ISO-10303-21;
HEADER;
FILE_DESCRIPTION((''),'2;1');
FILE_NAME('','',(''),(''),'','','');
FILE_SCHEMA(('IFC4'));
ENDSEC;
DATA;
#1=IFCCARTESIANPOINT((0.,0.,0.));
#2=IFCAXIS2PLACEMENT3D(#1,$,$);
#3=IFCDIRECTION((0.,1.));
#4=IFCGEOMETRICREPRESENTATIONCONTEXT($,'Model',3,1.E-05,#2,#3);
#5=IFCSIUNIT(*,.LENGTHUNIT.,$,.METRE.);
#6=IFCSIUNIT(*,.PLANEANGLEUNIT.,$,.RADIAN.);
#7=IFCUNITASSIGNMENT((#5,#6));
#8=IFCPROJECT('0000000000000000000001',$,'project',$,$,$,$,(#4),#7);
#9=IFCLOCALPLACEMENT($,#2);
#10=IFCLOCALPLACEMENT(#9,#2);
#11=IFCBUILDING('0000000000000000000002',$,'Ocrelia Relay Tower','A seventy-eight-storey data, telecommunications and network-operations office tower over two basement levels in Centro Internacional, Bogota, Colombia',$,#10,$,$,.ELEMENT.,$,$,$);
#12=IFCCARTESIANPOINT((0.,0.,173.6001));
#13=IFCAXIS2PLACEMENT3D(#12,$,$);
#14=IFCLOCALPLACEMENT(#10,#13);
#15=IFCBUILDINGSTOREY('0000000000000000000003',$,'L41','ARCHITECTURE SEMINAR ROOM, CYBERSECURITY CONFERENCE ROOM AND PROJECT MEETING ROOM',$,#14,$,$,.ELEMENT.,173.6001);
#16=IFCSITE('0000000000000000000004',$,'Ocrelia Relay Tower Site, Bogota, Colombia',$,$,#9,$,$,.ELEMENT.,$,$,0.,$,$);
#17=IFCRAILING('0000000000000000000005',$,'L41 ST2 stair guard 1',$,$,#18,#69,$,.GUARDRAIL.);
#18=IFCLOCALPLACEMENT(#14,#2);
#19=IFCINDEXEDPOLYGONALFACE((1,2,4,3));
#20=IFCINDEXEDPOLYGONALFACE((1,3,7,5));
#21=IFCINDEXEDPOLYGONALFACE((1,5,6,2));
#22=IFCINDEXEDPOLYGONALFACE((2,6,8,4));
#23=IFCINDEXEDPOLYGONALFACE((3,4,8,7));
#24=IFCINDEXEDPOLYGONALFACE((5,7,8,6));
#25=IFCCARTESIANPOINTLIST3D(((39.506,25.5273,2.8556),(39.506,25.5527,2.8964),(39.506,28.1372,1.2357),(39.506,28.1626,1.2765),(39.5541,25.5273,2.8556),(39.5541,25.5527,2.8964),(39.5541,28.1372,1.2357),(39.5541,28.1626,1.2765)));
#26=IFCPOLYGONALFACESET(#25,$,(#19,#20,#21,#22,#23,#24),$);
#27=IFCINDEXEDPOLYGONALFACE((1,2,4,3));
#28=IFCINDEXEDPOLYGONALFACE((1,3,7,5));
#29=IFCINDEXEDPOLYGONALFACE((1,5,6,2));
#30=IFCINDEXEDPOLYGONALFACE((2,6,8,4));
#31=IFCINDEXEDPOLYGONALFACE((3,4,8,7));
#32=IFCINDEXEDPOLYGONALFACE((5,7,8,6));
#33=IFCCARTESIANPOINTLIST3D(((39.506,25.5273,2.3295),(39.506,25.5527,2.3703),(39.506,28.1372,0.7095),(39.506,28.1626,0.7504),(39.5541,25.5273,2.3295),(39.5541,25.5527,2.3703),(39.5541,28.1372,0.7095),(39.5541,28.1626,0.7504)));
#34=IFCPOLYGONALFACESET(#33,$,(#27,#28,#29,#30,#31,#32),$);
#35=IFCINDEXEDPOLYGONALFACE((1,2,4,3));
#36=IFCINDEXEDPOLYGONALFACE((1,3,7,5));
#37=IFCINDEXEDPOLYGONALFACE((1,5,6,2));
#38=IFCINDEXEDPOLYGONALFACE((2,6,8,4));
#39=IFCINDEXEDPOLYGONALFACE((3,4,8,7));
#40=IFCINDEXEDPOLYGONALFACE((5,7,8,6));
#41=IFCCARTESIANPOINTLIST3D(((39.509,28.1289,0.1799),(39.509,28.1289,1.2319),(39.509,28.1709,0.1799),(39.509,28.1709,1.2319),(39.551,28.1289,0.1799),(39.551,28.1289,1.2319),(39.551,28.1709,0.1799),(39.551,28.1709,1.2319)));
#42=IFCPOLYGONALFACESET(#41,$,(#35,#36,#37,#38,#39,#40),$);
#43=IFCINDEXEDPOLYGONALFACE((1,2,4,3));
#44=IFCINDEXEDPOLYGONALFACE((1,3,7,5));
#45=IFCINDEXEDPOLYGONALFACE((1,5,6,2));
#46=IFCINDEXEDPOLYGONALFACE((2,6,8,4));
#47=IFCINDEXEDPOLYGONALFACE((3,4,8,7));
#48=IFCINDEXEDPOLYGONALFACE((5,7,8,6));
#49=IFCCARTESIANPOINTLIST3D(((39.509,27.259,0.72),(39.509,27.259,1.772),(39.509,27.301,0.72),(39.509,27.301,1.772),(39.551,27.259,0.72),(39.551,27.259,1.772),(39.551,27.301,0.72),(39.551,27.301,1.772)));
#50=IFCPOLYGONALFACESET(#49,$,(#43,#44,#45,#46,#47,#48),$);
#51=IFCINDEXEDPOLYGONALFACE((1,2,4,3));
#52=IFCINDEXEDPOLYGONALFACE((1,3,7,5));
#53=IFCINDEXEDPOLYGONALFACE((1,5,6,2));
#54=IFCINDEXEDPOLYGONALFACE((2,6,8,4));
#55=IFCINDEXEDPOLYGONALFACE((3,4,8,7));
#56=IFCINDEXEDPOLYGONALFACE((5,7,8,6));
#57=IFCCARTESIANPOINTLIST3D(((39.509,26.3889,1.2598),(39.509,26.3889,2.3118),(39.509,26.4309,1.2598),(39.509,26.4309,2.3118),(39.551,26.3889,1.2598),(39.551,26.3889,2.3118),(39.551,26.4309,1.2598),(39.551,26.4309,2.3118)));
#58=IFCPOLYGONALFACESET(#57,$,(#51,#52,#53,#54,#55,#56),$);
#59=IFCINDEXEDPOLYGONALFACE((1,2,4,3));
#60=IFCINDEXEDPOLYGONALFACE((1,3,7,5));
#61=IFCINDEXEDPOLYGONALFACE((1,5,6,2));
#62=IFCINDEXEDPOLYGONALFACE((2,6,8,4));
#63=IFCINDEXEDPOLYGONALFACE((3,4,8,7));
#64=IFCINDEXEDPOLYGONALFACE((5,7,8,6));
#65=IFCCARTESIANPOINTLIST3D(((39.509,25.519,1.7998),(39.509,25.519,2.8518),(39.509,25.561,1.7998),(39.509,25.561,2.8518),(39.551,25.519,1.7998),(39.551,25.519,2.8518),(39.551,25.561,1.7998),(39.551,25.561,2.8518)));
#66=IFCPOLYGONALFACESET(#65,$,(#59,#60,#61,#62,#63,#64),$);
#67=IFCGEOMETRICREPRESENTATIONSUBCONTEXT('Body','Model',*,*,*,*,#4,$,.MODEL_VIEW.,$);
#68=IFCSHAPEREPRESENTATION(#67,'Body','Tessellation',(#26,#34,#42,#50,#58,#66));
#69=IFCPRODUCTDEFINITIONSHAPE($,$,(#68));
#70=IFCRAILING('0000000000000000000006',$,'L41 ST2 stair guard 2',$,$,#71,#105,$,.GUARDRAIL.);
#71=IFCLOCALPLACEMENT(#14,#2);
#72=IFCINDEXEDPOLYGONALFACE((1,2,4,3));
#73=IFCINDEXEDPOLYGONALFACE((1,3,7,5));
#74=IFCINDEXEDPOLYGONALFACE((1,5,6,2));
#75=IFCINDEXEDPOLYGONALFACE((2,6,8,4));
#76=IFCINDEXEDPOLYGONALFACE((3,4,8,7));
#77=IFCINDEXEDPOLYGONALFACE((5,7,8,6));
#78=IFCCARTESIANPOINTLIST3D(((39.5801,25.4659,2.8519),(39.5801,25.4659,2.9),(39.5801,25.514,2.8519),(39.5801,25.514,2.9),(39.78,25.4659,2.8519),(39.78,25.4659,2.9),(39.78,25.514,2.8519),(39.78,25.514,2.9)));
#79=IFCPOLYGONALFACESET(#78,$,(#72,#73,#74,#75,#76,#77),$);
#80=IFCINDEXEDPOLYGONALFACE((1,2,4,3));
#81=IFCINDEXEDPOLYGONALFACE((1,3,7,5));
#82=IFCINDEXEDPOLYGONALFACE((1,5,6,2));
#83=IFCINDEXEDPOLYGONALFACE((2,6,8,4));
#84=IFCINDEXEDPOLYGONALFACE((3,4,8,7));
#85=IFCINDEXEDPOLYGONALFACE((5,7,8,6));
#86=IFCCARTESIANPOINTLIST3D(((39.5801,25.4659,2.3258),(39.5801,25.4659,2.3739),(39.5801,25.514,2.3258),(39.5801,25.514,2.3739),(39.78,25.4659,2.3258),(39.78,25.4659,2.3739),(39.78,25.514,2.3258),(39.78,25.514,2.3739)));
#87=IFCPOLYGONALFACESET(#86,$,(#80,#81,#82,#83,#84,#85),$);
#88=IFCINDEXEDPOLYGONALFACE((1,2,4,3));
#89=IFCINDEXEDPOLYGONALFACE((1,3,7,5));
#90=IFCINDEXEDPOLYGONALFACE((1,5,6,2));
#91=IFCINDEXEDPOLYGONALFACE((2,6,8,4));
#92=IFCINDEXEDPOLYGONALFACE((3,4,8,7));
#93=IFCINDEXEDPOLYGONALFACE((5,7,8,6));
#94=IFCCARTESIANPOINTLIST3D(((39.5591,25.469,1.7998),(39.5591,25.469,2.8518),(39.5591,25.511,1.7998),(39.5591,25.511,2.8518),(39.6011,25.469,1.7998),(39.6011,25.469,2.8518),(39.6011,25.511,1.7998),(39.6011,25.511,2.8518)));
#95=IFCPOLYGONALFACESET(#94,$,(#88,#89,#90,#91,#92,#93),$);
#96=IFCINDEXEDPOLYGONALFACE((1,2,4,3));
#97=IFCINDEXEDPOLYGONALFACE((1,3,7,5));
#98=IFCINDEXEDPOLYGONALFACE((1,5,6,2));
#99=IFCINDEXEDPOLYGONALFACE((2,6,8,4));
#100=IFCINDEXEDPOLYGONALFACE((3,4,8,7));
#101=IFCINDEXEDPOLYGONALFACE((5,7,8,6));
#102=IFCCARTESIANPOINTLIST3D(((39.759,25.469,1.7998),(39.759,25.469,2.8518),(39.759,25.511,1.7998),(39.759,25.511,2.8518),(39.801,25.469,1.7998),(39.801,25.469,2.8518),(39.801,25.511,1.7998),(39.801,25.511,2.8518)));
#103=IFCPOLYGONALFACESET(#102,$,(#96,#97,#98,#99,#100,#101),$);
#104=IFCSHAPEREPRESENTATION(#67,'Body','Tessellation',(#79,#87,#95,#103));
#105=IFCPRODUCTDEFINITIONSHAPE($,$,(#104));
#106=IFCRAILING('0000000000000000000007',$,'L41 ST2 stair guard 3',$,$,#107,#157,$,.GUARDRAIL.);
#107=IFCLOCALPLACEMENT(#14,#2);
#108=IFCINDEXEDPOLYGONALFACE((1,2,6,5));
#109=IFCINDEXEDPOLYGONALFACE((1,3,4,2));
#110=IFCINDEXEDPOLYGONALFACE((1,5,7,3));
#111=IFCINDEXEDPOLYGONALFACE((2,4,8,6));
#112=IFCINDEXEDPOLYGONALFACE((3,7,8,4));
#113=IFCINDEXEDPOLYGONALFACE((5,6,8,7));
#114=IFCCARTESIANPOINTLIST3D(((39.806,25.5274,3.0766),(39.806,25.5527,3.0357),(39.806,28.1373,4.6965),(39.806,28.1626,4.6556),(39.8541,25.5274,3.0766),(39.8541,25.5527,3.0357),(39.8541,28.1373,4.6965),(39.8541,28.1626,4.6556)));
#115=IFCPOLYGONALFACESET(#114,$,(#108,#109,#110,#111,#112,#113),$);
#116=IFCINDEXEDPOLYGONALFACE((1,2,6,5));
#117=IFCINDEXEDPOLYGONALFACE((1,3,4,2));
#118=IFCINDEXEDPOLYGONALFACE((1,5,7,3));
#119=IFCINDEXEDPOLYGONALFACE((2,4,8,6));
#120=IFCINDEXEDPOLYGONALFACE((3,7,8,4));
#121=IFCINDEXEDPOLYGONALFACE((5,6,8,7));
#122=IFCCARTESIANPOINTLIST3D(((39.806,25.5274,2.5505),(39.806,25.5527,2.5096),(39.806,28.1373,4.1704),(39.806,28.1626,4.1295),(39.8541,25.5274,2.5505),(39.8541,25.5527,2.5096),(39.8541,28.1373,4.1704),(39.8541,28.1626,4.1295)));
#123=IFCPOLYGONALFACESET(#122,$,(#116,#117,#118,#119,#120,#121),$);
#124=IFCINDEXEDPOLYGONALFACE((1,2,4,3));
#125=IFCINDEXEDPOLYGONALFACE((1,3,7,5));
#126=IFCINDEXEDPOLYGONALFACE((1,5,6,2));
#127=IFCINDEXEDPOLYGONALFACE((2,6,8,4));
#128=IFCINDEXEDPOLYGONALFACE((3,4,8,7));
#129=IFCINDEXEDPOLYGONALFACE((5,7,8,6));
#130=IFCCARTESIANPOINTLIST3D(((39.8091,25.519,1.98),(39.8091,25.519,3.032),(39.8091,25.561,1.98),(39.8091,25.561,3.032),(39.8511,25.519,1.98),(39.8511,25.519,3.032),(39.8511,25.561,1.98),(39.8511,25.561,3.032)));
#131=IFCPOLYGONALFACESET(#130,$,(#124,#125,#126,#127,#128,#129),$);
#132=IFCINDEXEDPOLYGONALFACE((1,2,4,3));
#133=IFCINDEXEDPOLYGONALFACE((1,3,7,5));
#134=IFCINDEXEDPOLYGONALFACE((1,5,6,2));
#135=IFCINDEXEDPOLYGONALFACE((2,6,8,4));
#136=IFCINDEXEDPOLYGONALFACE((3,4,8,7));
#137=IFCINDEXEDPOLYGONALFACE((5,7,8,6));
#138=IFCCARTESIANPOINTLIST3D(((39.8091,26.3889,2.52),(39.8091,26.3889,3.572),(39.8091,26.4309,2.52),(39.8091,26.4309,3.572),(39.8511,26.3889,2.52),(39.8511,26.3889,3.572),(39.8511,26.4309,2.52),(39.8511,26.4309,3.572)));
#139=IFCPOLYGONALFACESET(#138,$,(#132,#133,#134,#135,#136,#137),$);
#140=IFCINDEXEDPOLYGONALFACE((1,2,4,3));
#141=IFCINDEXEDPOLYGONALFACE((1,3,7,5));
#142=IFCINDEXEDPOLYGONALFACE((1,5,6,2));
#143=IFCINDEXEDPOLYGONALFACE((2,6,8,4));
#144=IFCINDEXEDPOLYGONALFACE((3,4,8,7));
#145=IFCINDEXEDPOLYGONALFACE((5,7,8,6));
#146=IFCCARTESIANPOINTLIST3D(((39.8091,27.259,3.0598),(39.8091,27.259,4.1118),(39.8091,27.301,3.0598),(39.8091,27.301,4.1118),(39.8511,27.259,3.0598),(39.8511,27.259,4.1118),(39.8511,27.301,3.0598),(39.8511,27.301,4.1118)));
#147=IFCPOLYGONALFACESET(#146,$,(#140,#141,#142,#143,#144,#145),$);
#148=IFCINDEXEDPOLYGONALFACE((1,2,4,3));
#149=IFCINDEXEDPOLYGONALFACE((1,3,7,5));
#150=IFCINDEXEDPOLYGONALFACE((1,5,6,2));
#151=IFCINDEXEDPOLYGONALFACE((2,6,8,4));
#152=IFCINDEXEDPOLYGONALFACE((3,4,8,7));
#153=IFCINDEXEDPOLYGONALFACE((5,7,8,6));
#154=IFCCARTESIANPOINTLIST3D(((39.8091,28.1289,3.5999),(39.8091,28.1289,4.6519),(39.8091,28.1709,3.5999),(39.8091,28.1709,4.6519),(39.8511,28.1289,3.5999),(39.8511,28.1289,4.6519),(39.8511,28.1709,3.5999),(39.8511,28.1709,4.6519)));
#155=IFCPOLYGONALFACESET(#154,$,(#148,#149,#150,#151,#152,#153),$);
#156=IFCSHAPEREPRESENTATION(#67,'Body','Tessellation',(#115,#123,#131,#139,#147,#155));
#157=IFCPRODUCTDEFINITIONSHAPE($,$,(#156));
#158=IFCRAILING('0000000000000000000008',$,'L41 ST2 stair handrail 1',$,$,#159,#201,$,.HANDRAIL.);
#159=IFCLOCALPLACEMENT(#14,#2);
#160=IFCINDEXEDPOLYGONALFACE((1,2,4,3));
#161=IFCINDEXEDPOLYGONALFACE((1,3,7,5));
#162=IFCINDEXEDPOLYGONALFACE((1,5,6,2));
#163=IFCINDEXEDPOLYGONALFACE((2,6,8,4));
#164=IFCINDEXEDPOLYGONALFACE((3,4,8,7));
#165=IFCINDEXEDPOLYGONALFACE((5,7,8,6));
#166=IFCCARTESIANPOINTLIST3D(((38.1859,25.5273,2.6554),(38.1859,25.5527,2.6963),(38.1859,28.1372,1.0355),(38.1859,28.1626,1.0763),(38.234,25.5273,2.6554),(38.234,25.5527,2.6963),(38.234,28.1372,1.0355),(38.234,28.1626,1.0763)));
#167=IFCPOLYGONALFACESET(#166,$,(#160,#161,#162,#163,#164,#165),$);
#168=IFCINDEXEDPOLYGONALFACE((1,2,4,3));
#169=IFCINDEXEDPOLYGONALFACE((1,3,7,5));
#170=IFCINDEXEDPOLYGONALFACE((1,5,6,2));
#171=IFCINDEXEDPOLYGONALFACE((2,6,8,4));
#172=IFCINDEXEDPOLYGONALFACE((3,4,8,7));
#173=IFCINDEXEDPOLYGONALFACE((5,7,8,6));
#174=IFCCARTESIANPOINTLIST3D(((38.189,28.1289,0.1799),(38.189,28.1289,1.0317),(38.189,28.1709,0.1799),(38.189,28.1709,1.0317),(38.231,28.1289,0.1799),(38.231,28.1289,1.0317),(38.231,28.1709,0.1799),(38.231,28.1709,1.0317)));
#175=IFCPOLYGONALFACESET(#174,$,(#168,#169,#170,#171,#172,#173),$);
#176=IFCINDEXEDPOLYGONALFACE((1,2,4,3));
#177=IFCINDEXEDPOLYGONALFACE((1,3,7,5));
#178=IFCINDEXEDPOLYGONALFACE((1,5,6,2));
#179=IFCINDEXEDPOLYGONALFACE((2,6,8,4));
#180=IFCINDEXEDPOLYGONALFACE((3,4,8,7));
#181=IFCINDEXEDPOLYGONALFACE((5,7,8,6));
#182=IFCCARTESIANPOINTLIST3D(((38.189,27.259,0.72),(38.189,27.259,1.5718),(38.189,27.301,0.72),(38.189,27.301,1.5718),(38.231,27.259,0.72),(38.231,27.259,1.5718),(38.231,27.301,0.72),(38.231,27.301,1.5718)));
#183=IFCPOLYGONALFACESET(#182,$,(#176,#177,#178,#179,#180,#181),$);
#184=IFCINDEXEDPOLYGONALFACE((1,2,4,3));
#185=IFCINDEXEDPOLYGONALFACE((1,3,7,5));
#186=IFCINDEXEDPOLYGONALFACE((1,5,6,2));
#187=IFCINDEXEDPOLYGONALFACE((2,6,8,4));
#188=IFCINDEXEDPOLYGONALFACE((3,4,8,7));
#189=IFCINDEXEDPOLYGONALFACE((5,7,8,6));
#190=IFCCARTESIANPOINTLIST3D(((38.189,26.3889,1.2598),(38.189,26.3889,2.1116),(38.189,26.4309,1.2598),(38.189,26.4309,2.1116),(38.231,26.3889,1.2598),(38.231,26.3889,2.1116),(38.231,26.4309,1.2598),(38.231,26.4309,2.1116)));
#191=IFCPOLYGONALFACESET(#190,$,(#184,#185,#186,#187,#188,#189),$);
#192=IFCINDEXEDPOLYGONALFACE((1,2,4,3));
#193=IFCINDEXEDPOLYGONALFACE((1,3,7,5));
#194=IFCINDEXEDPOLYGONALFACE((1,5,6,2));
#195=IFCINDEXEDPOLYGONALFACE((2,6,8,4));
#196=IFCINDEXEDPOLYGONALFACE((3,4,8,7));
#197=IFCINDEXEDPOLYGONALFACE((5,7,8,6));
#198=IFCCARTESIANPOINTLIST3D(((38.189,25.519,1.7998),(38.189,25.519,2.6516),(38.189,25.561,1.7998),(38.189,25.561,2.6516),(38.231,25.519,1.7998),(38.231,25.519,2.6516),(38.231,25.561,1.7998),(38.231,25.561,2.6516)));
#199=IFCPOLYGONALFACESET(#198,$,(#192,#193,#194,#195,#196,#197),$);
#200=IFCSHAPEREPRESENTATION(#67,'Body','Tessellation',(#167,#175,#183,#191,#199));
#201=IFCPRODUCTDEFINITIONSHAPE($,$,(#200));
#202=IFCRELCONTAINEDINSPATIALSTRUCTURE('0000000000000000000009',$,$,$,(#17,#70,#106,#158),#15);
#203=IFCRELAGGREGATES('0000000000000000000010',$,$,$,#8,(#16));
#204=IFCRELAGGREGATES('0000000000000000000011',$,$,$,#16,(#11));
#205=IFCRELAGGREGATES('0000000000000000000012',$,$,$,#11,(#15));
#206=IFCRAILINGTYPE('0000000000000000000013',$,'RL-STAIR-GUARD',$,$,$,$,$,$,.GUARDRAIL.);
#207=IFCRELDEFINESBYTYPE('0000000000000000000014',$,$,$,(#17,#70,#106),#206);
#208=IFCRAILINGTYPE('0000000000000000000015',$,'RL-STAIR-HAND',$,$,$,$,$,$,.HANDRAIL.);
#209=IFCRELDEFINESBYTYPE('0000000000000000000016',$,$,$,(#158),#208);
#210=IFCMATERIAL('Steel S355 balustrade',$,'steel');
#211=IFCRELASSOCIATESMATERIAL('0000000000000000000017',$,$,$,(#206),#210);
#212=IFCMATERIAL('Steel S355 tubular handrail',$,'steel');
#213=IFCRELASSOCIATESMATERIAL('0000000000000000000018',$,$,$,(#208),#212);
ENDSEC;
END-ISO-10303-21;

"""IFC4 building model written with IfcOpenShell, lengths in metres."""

from ifc_helpers import new_model, si_unit, direction, frame, origin, origin_2d, place, context, subcontext, project, spatial, rectangle, extrude, material, type_object, element, save


model = new_model("IFC4")

# Units and contexts
model_context = context("Model", 3, precision=1e-05, world=origin(), true_north=direction((0.0, 1.0)))
body_context = subcontext(model_context, "Body", "Model", "MODEL_VIEW")
ifc_project = project(units=[si_unit("LENGTHUNIT", "METRE"), si_unit("PLANEANGLEUNIT", "RADIAN")], contexts=[model_context])

# Site, building, storey
site_placement = place(None, origin())
site = spatial("IfcSite", under=ifc_project, at=site_placement, Name="Ocrelia Relay Tower Site, Bogota, Colombia", CompositionType="ELEMENT", RefElevation=0.0)
building_placement = place(site_placement, origin())
building = spatial("IfcBuilding", under=site, at=building_placement, Name="Ocrelia Relay Tower", Description="A seventy-eight-storey data, telecommunications and network-operations office tower over two basement levels in Centro Internacional, Bogota, Colombia", CompositionType="ELEMENT")
storey_placement = place(building_placement, frame((0.0, 0.0, 173.6001)))
storey = spatial("IfcBuildingStorey", under=building, at=storey_placement, Name="L41", Description="ARCHITECTURE SEMINAR ROOM, CYBERSECURITY CONFERENCE ROOM AND PROJECT MEETING ROOM", CompositionType="ELEMENT", Elevation=173.6001)

# Railings
ifc_material_1 = material(Name="Steel S355 balustrade", Category="steel")
railing_type_1 = type_object("IfcRailingType", Name="RL-STAIR-GUARD", PredefinedType="GUARDRAIL", material=ifc_material_1)
railing_1_placement = place(storey_placement, frame((39.53, 28.1499, 0.1799)))
element("IfcRailing", 1, at=railing_1_placement, inside=storey, type_object=railing_type_1, Name="L41 ST2 stair guard 1", PredefinedType="GUARDRAIL", context=body_context, shape_type="SweptSolid", body=[
    extrude(rectangle(XDim=0.0481, YDim=0.0481, at=origin_2d()), frame((0.0, 0.0, 1.0762), z_axis=(0.0, -0.849646, 0.527353), x_axis=(1.0, 0.0, 0.0)), (0.0, 0.0, 1.0), 3.0718),
    extrude(rectangle(XDim=0.0481, YDim=0.0481, at=origin_2d()), frame((0.0, 0.0, 0.55), z_axis=(0.0, -0.849646, 0.527353), x_axis=(1.0, 0.0, 0.0)), (0.0, 0.0, 1.0), 3.0718),
    extrude(rectangle(XDim=0.042, YDim=0.042, at=origin_2d()), origin(), (0.0, 0.0, 1.0), 1.052),
    extrude(rectangle(XDim=0.042, YDim=0.042, at=origin_2d()), frame((0.0, -0.8699, 0.54)), (0.0, 0.0, 1.0), 1.052),
    extrude(rectangle(XDim=0.042, YDim=0.042, at=origin_2d()), frame((0.0, -1.74, 1.0798)), (0.0, 0.0, 1.0), 1.052),
    extrude(rectangle(XDim=0.042, YDim=0.042, at=origin_2d()), frame((0.0, -2.6099, 1.6199)), (0.0, 0.0, 1.0), 1.052),
])
railing_2_placement = place(storey_placement, frame((39.5801, 25.49, 1.7998)))
element("IfcRailing", 2, at=railing_2_placement, inside=storey, type_object=railing_type_1, Name="L41 ST2 stair guard 2", PredefinedType="GUARDRAIL", context=body_context, shape_type="SweptSolid", body=[
    extrude(rectangle(XDim=0.0481, YDim=0.0481, at=origin_2d()), frame((0.0, 0.0, 1.0762), z_axis=(1.0, 0.0, 0.0), x_axis=(0.0, 1.0, 0.0)), (0.0, 0.0, 1.0), 0.2),
    extrude(rectangle(XDim=0.0481, YDim=0.0481, at=origin_2d()), frame((0.0, 0.0, 0.55), z_axis=(1.0, 0.0, 0.0), x_axis=(0.0, 1.0, 0.0)), (0.0, 0.0, 1.0), 0.2),
    extrude(rectangle(XDim=0.042, YDim=0.042, at=origin_2d()), origin(), (0.0, 0.0, 1.0), 1.052),
    extrude(rectangle(XDim=0.042, YDim=0.042, at=origin_2d()), frame((0.2, 0.0, 0.0)), (0.0, 0.0, 1.0), 1.052),
])
railing_3_placement = place(storey_placement, frame((39.8301, 25.54, 1.98)))
element("IfcRailing", 3, at=railing_3_placement, inside=storey, type_object=railing_type_1, Name="L41 ST2 stair guard 3", PredefinedType="GUARDRAIL", context=body_context, shape_type="SweptSolid", body=[
    extrude(rectangle(XDim=0.0481, YDim=0.0481, at=origin_2d()), frame((0.0, 0.0, 1.0762), z_axis=(0.0, 0.849646, 0.527353), x_axis=(-1.0, 0.0, 0.0)), (0.0, 0.0, 1.0), 3.0718),
    extrude(rectangle(XDim=0.0481, YDim=0.0481, at=origin_2d()), frame((0.0, 0.0, 0.55), z_axis=(0.0, 0.849646, 0.527353), x_axis=(-1.0, 0.0, 0.0)), (0.0, 0.0, 1.0), 3.0718),
    extrude(rectangle(XDim=0.042, YDim=0.042, at=origin_2d()), origin(), (0.0, 0.0, 1.0), 1.052),
    extrude(rectangle(XDim=0.042, YDim=0.042, at=origin_2d()), frame((0.0, 0.8699, 0.54)), (0.0, 0.0, 1.0), 1.052),
    extrude(rectangle(XDim=0.042, YDim=0.042, at=origin_2d()), frame((0.0, 1.74, 1.0798)), (0.0, 0.0, 1.0), 1.052),
    extrude(rectangle(XDim=0.042, YDim=0.042, at=origin_2d()), frame((0.0, 2.6099, 1.6199)), (0.0, 0.0, 1.0), 1.052),
])
ifc_material_2 = material(Name="Steel S355 tubular handrail", Category="steel")
railing_type_2 = type_object("IfcRailingType", Name="RL-STAIR-HAND", PredefinedType="HANDRAIL", material=ifc_material_2)
railing_4_placement = place(storey_placement, frame((38.21, 28.1499, 0.1799)))
element("IfcRailing", 4, at=railing_4_placement, inside=storey, type_object=railing_type_2, Name="L41 ST2 stair handrail 1", PredefinedType="HANDRAIL", context=body_context, shape_type="SweptSolid", body=[
    extrude(rectangle(XDim=0.0481, YDim=0.0481, at=origin_2d()), frame((0.0, 0.0, 0.876), z_axis=(0.0, -0.849646, 0.527353), x_axis=(1.0, 0.0, 0.0)), (0.0, 0.0, 1.0), 3.0718),
    extrude(rectangle(XDim=0.042, YDim=0.042, at=origin_2d()), origin(), (0.0, 0.0, 1.0), 0.8518),
    extrude(rectangle(XDim=0.042, YDim=0.042, at=origin_2d()), frame((0.0, -0.8699, 0.54)), (0.0, 0.0, 1.0), 0.8518),
    extrude(rectangle(XDim=0.042, YDim=0.042, at=origin_2d()), frame((0.0, -1.74, 1.0798)), (0.0, 0.0, 1.0), 0.8518),
    extrude(rectangle(XDim=0.042, YDim=0.042, at=origin_2d()), frame((0.0, -2.6099, 1.6199)), (0.0, 0.0, 1.0), 0.8518),
])

save(model, "model.ifc")
